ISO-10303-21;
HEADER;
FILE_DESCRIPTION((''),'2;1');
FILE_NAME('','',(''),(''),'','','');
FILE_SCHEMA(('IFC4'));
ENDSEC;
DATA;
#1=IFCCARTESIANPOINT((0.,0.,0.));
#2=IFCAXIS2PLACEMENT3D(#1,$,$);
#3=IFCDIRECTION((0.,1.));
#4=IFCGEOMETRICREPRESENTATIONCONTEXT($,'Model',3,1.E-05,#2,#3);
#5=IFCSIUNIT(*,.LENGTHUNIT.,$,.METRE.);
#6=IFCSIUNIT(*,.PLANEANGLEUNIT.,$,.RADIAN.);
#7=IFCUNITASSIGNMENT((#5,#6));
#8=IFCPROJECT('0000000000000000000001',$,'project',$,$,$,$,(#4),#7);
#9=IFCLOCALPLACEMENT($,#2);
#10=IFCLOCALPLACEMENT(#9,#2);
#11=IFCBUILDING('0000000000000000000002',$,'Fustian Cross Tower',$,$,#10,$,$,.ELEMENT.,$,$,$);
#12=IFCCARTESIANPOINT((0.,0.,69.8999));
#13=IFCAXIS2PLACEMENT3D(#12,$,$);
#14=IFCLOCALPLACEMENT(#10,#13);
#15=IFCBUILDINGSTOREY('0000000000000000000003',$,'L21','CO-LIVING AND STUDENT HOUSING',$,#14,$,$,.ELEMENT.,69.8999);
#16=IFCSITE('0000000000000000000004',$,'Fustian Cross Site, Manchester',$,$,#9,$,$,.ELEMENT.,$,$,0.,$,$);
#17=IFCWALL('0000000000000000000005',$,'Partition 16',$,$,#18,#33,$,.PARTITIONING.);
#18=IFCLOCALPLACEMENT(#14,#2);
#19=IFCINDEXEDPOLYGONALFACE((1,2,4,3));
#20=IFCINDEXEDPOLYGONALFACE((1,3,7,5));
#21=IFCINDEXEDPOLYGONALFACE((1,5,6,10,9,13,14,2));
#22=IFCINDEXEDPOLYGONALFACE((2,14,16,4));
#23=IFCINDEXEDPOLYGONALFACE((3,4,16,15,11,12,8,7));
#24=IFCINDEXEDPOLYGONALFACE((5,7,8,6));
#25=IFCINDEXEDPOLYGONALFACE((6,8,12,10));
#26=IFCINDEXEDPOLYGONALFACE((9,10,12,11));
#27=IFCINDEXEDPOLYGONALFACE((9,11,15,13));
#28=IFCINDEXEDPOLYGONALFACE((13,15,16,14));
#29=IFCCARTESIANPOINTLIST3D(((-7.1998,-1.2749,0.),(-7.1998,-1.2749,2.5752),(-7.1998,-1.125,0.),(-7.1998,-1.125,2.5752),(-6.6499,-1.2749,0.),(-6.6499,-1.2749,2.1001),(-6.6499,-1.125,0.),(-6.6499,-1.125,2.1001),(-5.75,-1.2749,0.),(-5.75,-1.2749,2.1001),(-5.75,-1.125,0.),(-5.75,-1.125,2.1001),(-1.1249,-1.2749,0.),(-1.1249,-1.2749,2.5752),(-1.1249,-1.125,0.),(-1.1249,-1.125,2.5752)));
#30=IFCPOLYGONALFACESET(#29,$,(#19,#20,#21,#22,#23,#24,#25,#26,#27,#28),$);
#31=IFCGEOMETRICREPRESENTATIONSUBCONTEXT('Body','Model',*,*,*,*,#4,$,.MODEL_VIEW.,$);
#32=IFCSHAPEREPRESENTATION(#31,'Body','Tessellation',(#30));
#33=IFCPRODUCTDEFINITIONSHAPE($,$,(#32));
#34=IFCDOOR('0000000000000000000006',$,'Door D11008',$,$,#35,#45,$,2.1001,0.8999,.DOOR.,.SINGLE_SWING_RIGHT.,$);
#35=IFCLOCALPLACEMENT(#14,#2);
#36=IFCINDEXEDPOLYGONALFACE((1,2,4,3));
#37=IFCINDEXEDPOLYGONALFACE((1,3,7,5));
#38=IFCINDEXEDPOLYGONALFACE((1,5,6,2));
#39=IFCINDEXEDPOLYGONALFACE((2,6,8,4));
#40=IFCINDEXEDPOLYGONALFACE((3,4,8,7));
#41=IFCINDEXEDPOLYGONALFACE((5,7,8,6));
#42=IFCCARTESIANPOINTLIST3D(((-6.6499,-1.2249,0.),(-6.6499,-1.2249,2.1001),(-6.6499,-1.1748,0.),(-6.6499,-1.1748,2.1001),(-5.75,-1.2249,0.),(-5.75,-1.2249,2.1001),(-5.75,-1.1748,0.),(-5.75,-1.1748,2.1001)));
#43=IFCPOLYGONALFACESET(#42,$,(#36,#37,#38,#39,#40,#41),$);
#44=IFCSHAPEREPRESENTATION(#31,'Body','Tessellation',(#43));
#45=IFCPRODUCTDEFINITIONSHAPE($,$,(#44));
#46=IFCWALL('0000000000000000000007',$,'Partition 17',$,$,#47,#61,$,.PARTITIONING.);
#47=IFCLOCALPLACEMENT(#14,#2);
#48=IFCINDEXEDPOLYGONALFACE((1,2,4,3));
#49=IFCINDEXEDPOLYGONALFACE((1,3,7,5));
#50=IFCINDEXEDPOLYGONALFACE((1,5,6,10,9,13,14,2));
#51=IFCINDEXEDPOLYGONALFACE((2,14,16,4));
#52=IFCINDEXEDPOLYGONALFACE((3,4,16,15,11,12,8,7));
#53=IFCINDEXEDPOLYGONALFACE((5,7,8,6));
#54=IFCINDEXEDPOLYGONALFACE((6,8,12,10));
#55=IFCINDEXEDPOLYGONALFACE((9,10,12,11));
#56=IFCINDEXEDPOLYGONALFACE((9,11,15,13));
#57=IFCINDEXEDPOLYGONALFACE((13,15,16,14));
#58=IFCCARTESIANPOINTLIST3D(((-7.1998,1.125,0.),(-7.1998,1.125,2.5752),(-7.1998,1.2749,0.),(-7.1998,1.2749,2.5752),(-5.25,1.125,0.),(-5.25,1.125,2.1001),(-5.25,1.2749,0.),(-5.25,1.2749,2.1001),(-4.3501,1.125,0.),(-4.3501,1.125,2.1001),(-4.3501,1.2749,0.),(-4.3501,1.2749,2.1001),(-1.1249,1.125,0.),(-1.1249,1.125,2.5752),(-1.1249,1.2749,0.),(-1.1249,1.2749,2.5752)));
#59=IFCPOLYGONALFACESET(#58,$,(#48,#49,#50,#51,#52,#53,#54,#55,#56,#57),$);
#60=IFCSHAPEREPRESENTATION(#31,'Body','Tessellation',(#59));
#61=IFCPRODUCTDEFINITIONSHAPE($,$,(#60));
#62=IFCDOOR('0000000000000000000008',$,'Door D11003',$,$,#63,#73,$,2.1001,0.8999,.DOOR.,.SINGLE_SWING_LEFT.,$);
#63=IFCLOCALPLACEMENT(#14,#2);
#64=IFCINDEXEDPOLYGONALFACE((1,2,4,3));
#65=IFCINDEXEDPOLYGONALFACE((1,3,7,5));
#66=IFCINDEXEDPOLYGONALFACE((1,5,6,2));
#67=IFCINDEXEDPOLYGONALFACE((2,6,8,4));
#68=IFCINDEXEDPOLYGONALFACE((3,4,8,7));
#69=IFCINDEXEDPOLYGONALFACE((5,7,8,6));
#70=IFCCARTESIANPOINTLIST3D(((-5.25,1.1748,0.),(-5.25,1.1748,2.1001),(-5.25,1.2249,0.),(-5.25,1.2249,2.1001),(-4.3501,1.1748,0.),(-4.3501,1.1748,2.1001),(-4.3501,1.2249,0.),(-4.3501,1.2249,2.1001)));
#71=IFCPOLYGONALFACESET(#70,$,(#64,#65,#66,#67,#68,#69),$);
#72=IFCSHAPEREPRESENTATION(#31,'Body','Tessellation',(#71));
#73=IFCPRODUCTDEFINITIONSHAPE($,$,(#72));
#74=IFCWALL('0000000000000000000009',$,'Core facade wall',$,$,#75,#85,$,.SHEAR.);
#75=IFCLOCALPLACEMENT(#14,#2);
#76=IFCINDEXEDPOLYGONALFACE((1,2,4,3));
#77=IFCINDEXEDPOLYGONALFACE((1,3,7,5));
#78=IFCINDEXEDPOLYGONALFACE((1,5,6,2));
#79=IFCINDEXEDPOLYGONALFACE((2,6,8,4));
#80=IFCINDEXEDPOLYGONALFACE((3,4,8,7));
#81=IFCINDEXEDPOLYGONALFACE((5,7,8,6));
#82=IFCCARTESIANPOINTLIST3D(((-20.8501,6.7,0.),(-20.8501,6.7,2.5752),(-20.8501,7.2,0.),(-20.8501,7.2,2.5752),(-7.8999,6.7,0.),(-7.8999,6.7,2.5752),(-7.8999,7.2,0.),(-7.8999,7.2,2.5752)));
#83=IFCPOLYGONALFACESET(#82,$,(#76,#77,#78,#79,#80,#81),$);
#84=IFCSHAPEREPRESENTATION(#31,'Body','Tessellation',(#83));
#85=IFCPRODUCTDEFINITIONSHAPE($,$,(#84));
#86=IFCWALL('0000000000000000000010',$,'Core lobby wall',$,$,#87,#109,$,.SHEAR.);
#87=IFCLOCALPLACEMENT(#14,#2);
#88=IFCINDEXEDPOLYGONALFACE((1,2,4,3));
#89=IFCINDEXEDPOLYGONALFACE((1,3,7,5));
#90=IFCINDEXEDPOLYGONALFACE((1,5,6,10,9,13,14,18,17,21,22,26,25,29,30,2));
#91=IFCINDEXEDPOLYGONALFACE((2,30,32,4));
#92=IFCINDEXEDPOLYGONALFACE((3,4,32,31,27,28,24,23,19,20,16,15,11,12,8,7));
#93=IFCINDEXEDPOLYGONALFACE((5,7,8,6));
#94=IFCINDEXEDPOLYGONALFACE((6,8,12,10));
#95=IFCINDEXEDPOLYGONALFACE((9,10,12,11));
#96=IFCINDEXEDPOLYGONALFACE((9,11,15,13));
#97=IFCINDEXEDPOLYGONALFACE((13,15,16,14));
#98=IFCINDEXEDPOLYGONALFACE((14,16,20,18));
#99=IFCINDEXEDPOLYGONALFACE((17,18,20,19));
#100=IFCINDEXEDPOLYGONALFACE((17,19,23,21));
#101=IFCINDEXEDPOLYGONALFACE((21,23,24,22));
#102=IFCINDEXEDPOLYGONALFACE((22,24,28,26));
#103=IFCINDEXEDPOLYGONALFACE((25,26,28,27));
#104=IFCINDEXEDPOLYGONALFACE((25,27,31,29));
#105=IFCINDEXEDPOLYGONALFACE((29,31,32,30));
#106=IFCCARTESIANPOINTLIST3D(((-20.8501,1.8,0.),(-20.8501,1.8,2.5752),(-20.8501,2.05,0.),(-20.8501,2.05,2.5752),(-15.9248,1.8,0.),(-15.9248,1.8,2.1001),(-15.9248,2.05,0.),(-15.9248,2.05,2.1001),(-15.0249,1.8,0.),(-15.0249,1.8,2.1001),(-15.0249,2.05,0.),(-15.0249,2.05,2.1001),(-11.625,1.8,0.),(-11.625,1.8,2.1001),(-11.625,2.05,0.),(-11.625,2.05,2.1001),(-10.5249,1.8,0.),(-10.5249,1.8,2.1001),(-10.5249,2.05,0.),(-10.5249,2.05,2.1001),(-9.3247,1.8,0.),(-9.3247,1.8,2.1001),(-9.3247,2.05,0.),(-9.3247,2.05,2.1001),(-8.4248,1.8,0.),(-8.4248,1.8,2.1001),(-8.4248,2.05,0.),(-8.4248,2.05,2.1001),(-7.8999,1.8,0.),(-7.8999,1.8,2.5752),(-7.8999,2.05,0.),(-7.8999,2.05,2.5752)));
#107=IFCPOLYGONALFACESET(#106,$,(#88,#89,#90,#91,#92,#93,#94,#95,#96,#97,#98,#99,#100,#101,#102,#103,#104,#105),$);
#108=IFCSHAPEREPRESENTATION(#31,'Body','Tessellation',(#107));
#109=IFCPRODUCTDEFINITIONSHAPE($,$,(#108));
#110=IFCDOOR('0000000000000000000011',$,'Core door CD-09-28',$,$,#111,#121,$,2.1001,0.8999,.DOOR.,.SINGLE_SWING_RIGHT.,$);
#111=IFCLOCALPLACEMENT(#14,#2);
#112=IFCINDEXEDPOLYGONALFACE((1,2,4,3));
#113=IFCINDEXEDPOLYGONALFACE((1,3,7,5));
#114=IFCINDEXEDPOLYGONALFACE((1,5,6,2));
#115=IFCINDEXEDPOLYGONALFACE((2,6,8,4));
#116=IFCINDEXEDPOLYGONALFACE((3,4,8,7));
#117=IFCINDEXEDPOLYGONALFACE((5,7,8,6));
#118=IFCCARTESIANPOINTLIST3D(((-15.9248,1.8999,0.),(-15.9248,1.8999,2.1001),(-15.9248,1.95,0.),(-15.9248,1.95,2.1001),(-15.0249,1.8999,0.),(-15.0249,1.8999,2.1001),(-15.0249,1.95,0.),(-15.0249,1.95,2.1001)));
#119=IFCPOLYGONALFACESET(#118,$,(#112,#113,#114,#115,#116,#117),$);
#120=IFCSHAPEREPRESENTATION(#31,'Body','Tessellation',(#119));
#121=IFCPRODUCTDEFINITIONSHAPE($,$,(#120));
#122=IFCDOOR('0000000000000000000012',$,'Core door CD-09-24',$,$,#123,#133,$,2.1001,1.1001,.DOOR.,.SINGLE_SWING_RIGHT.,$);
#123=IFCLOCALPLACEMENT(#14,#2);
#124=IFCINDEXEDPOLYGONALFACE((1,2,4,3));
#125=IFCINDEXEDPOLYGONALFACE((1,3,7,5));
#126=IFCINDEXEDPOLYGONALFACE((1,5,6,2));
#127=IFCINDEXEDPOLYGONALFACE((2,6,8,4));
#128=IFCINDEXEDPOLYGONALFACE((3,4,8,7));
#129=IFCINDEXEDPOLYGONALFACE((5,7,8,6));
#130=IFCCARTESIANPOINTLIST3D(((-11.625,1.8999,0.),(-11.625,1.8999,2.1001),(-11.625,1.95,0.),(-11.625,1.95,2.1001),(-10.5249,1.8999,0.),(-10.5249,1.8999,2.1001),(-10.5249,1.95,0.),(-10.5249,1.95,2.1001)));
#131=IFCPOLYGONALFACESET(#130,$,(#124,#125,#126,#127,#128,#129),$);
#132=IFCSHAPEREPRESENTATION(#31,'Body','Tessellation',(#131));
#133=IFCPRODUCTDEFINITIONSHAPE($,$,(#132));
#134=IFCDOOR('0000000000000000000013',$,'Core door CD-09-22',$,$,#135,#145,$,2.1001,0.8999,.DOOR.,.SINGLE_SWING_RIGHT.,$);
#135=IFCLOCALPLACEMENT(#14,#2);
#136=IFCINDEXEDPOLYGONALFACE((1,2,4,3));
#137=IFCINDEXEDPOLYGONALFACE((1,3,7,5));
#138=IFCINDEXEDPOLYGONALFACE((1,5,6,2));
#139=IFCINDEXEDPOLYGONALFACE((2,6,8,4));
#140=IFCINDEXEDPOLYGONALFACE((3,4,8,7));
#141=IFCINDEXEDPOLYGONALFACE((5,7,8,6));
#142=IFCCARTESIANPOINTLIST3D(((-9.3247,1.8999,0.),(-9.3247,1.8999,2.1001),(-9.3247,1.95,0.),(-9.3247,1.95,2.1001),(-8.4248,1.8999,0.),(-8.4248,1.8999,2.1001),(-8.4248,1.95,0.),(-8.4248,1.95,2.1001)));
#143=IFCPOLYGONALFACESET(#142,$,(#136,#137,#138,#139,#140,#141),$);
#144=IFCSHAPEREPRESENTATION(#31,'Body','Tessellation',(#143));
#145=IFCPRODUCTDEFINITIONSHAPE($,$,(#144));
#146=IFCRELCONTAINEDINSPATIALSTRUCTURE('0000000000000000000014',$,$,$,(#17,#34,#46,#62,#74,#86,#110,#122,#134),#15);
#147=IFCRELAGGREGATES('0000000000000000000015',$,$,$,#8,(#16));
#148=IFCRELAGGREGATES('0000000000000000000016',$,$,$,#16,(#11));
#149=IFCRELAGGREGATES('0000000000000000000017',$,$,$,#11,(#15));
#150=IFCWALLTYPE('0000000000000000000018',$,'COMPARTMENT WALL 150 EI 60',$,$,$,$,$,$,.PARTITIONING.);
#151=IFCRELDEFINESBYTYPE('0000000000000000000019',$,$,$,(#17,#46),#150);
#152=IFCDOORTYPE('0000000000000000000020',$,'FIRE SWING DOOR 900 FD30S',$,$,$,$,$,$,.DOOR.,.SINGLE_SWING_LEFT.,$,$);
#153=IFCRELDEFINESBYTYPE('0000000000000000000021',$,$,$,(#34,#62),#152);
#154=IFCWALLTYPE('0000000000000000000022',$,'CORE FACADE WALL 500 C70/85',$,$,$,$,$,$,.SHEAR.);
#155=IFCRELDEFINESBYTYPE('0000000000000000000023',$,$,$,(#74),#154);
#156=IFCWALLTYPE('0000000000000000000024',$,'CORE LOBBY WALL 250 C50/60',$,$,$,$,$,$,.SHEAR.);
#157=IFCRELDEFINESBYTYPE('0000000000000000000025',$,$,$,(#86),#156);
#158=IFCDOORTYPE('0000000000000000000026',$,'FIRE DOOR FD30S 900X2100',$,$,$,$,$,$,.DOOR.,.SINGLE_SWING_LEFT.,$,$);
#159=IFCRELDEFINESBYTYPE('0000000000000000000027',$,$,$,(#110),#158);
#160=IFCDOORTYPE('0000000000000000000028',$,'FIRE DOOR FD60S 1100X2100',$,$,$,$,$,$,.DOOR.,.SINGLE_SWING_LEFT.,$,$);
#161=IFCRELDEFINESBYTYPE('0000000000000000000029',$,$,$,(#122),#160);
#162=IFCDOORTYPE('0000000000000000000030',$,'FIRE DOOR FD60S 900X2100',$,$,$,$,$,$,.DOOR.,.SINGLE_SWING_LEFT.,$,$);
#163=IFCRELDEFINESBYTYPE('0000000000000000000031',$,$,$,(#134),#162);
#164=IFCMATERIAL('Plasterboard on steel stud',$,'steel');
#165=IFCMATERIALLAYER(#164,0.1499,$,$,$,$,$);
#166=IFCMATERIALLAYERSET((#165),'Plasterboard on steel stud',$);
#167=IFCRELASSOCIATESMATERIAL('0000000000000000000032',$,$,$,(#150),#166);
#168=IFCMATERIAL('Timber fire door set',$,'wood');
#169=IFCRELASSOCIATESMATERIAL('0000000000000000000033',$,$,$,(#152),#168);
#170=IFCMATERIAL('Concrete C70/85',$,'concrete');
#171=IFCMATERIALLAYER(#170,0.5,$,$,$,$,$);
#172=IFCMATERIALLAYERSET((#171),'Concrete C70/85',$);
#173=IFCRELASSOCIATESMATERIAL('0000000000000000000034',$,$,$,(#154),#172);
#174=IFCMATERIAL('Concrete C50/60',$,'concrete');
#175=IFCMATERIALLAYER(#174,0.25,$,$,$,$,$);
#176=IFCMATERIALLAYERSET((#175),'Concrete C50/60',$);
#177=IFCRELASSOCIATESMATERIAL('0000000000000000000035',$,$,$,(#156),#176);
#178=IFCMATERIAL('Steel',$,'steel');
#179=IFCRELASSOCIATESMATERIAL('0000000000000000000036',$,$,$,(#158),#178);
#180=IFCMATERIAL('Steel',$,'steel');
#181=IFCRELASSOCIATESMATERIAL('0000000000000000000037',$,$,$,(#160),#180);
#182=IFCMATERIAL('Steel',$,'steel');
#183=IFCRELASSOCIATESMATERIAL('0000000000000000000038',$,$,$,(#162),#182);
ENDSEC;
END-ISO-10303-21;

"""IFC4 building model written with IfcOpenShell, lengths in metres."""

from ifc_helpers import new_model, si_unit, direction, frame, frame_2d, origin, place, context, subcontext, project, spatial, rectangle, extrude, material, layer, layer_set, type_object, element, fill, save


model = new_model("IFC4")

# Units and contexts
model_context = context("Model", 3, precision=1e-05, world=origin(), true_north=direction((0.0, 1.0)))
body_context = subcontext(model_context, "Body", "Model", "MODEL_VIEW")
ifc_project = project(units=[si_unit("LENGTHUNIT", "METRE"), si_unit("PLANEANGLEUNIT", "RADIAN")], contexts=[model_context])

# Site, building, storey
site_placement = place(None, origin())
site = spatial("IfcSite", under=ifc_project, at=site_placement, Name="Fustian Cross Site, Manchester", CompositionType="ELEMENT", RefElevation=0.0)
building_placement = place(site_placement, origin())
building = spatial("IfcBuilding", under=site, at=building_placement, Name="Fustian Cross Tower", CompositionType="ELEMENT")
storey_placement = place(building_placement, frame((0.0, 0.0, 69.8999)))
storey = spatial("IfcBuildingStorey", under=building, at=storey_placement, Name="L21", Description="CO-LIVING AND STUDENT HOUSING", CompositionType="ELEMENT", Elevation=69.8999)

# Walls, openings, doors
ifc_material_1 = material(Name="Plasterboard on steel stud", Category="steel")
ifc_layer_1 = layer(ifc_material_1, 0.1499)
ifc_layer_set_1 = layer_set([ifc_layer_1], Name="Plasterboard on steel stud")
wall_type_1 = type_object("IfcWallType", Name="COMPARTMENT WALL 150 EI 60", PredefinedType="PARTITIONING", material=ifc_layer_set_1)
wall_1_placement = place(storey_placement, frame((-7.2, -1.2, 0.0), z_axis=(0.0, 0.0, 1.0), x_axis=(1.0, 0.0, 0.0)))
wall_1 = element("IfcWall", 1, at=wall_1_placement, inside=storey, type_object=wall_type_1, Name="Partition 16", PredefinedType="PARTITIONING", context=body_context, shape_type="SweptSolid", body=[
    extrude(rectangle(XDim=6.075, YDim=0.1499, at=frame_2d((3.0376, 0.0))), origin(), (0.0, 0.0, 1.0), 2.5752),
])
opening_1_placement = place(wall_1_placement, frame((0.55, 0.0, 0.0)))
opening_1 = element("IfcOpeningElement", 2, at=opening_1_placement, cuts=wall_1, PredefinedType="OPENING", context=body_context, shape_type="SweptSolid", body=[
    extrude(rectangle(XDim=0.8999, YDim=2.1001, at=frame_2d((0.45, 1.05))), frame((0.0, 0.085, 0.0), z_axis=(0.0, -1.0, 0.0), x_axis=(1.0, 0.0, 0.0)), (0.0, 0.0, 1.0), 0.1699),
])
ifc_material_2 = material(Name="Timber fire door set", Category="wood")
door_type_1 = type_object("IfcDoorType", Name="FIRE SWING DOOR 900 FD30S", OperationType="SINGLE_SWING_LEFT", PredefinedType="DOOR", material=ifc_material_2)
door_1_placement = place(opening_1_placement, frame((0.8999, 0.0, 0.0), z_axis=(0.0, 0.0, 1.0), x_axis=(-1.0, 0.0, 0.0)))
door_1 = element("IfcDoor", 3, at=door_1_placement, inside=storey, type_object=door_type_1, Name="Door D11008", OperationType="SINGLE_SWING_RIGHT", OverallHeight=2.1001, OverallWidth=0.8999, PredefinedType="DOOR", context=body_context, shape_type="SweptSolid", body=[
    extrude(rectangle(XDim=0.8999, YDim=2.1001, at=frame_2d((0.45, 1.05))), frame((0.0, 0.0249, 0.0), z_axis=(0.0, -1.0, 0.0), x_axis=(1.0, 0.0, 0.0)), (0.0, 0.0, 1.0), 0.05),
])
fill(opening_1, door_1)
wall_2_placement = place(storey_placement, frame((-7.2, 1.2, 0.0), z_axis=(0.0, 0.0, 1.0), x_axis=(1.0, 0.0, 0.0)))
wall_2 = element("IfcWall", 4, at=wall_2_placement, inside=storey, type_object=wall_type_1, Name="Partition 17", PredefinedType="PARTITIONING", context=body_context, shape_type="SweptSolid", body=[
    extrude(rectangle(XDim=6.075, YDim=0.1499, at=frame_2d((3.0376, 0.0))), origin(), (0.0, 0.0, 1.0), 2.5752),
])
opening_2_placement = place(wall_2_placement, frame((1.95, 0.0, 0.0)))
opening_2 = element("IfcOpeningElement", 5, at=opening_2_placement, cuts=wall_2, PredefinedType="OPENING", context=body_context, shape_type="SweptSolid", body=[
    extrude(rectangle(XDim=0.8999, YDim=2.1001, at=frame_2d((0.45, 1.05))), frame((0.0, 0.085, 0.0), z_axis=(0.0, -1.0, 0.0), x_axis=(1.0, 0.0, 0.0)), (0.0, 0.0, 1.0), 0.1699),
])
door_2_placement = place(opening_2_placement, origin())
door_2 = element("IfcDoor", 6, at=door_2_placement, inside=storey, type_object=door_type_1, Name="Door D11003", OperationType="SINGLE_SWING_LEFT", OverallHeight=2.1001, OverallWidth=0.8999, PredefinedType="DOOR", context=body_context, shape_type="SweptSolid", body=[
    extrude(rectangle(XDim=0.8999, YDim=2.1001, at=frame_2d((0.45, 1.05))), frame((0.0, 0.0249, 0.0), z_axis=(0.0, -1.0, 0.0), x_axis=(1.0, 0.0, 0.0)), (0.0, 0.0, 1.0), 0.05),
])
fill(opening_2, door_2)

# Wall
ifc_material_3 = material(Name="Concrete C70/85", Category="concrete")
ifc_layer_2 = layer(ifc_material_3, 0.5)
ifc_layer_set_2 = layer_set([ifc_layer_2], Name="Concrete C70/85")
wall_type_2 = type_object("IfcWallType", Name="CORE FACADE WALL 500 C70/85", PredefinedType="SHEAR", material=ifc_layer_set_2)
wall_3_placement = place(storey_placement, frame((-7.8999, 6.95, 0.0), z_axis=(0.0, 0.0, 1.0), x_axis=(-1.0, 0.0, 0.0)))
element("IfcWall", 7, at=wall_3_placement, inside=storey, type_object=wall_type_2, Name="Core facade wall", PredefinedType="SHEAR", context=body_context, shape_type="SweptSolid", body=[
    extrude(rectangle(XDim=12.9502, YDim=0.5, at=frame_2d((6.4751, 0.0))), origin(), (0.0, 0.0, 1.0), 2.5752),
])

# Wall, openings, doors
ifc_material_4 = material(Name="Concrete C50/60", Category="concrete")
ifc_layer_3 = layer(ifc_material_4, 0.25)
ifc_layer_set_3 = layer_set([ifc_layer_3], Name="Concrete C50/60")
wall_type_3 = type_object("IfcWallType", Name="CORE LOBBY WALL 250 C50/60", PredefinedType="SHEAR", material=ifc_layer_set_3)
wall_4_placement = place(storey_placement, frame((-7.8999, 1.925, 0.0), z_axis=(0.0, 0.0, 1.0), x_axis=(-1.0, 0.0, 0.0)))
wall_4 = element("IfcWall", 8, at=wall_4_placement, inside=storey, type_object=wall_type_3, Name="Core lobby wall", PredefinedType="SHEAR", context=body_context, shape_type="SweptSolid", body=[
    extrude(rectangle(XDim=12.9502, YDim=0.25, at=frame_2d((6.4751, 0.0))), origin(), (0.0, 0.0, 1.0), 2.5752),
])
opening_3_placement = place(wall_4_placement, frame((0.5249, 0.0, 0.0)))
opening_3 = element("IfcOpeningElement", 9, at=opening_3_placement, cuts=wall_4, PredefinedType="OPENING", context=body_context, shape_type="SweptSolid", body=[
    extrude(rectangle(XDim=0.8999, YDim=2.1001, at=frame_2d((0.45, 1.05))), frame((0.0, 0.135, 0.0), z_axis=(0.0, -1.0, 0.0), x_axis=(1.0, 0.0, 0.0)), (0.0, 0.0, 1.0), 0.27),
])
opening_4_placement = place(wall_4_placement, frame((2.625, 0.0, 0.0)))
opening_4 = element("IfcOpeningElement", 10, at=opening_4_placement, cuts=wall_4, PredefinedType="OPENING", context=body_context, shape_type="SweptSolid", body=[
    extrude(rectangle(XDim=1.1001, YDim=2.1001, at=frame_2d((0.55, 1.05))), frame((0.0, 0.135, 0.0), z_axis=(0.0, -1.0, 0.0), x_axis=(1.0, 0.0, 0.0)), (0.0, 0.0, 1.0), 0.27),
])
opening_5_placement = place(wall_4_placement, frame((7.125, 0.0, 0.0)))
opening_5 = element("IfcOpeningElement", 11, at=opening_5_placement, cuts=wall_4, PredefinedType="OPENING", context=body_context, shape_type="SweptSolid", body=[
    extrude(rectangle(XDim=0.8999, YDim=2.1001, at=frame_2d((0.45, 1.05))), frame((0.0, 0.135, 0.0), z_axis=(0.0, -1.0, 0.0), x_axis=(1.0, 0.0, 0.0)), (0.0, 0.0, 1.0), 0.27),
])
ifc_material_5 = material(Name="Steel", Category="steel")
door_type_2 = type_object("IfcDoorType", Name="FIRE DOOR FD30S 900X2100", OperationType="SINGLE_SWING_LEFT", PredefinedType="DOOR", material=ifc_material_5)
door_3_placement = place(opening_5_placement, frame((0.8999, 0.0, 0.0), z_axis=(0.0, 0.0, 1.0), x_axis=(-1.0, 0.0, 0.0)))
door_3 = element("IfcDoor", 12, at=door_3_placement, inside=storey, type_object=door_type_2, Name="Core door CD-09-28", OperationType="SINGLE_SWING_RIGHT", OverallHeight=2.1001, OverallWidth=0.8999, PredefinedType="DOOR", context=body_context, shape_type="SweptSolid", body=[
    extrude(rectangle(XDim=0.8999, YDim=2.1001, at=frame_2d((0.45, 1.05))), frame((0.0, 0.0249, 0.0), z_axis=(0.0, -1.0, 0.0), x_axis=(1.0, 0.0, 0.0)), (0.0, 0.0, 1.0), 0.05),
])
fill(opening_5, door_3)
ifc_material_6 = material(Name="Steel", Category="steel")
door_type_3 = type_object("IfcDoorType", Name="FIRE DOOR FD60S 1100X2100", OperationType="SINGLE_SWING_LEFT", PredefinedType="DOOR", material=ifc_material_6)
door_4_placement = place(opening_4_placement, frame((1.1001, 0.0, 0.0), z_axis=(0.0, 0.0, 1.0), x_axis=(-1.0, 0.0, 0.0)))
door_4 = element("IfcDoor", 13, at=door_4_placement, inside=storey, type_object=door_type_3, Name="Core door CD-09-24", OperationType="SINGLE_SWING_RIGHT", OverallHeight=2.1001, OverallWidth=1.1001, PredefinedType="DOOR", context=body_context, shape_type="SweptSolid", body=[
    extrude(rectangle(XDim=1.1001, YDim=2.1001, at=frame_2d((0.55, 1.05))), frame((0.0, 0.0249, 0.0), z_axis=(0.0, -1.0, 0.0), x_axis=(1.0, 0.0, 0.0)), (0.0, 0.0, 1.0), 0.05),
])
fill(opening_4, door_4)
ifc_material_7 = material(Name="Steel", Category="steel")
door_type_4 = type_object("IfcDoorType", Name="FIRE DOOR FD60S 900X2100", OperationType="SINGLE_SWING_LEFT", PredefinedType="DOOR", material=ifc_material_7)
door_5_placement = place(opening_3_placement, frame((0.8999, 0.0, 0.0), z_axis=(0.0, 0.0, 1.0), x_axis=(-1.0, 0.0, 0.0)))
door_5 = element("IfcDoor", 14, at=door_5_placement, inside=storey, type_object=door_type_4, Name="Core door CD-09-22", OperationType="SINGLE_SWING_RIGHT", OverallHeight=2.1001, OverallWidth=0.8999, PredefinedType="DOOR", context=body_context, shape_type="SweptSolid", body=[
    extrude(rectangle(XDim=0.8999, YDim=2.1001, at=frame_2d((0.45, 1.05))), frame((0.0, 0.0249, 0.0), z_axis=(0.0, -1.0, 0.0), x_axis=(1.0, 0.0, 0.0)), (0.0, 0.0, 1.0), 0.05),
])
fill(opening_3, door_5)

save(model, "model.ifc")
